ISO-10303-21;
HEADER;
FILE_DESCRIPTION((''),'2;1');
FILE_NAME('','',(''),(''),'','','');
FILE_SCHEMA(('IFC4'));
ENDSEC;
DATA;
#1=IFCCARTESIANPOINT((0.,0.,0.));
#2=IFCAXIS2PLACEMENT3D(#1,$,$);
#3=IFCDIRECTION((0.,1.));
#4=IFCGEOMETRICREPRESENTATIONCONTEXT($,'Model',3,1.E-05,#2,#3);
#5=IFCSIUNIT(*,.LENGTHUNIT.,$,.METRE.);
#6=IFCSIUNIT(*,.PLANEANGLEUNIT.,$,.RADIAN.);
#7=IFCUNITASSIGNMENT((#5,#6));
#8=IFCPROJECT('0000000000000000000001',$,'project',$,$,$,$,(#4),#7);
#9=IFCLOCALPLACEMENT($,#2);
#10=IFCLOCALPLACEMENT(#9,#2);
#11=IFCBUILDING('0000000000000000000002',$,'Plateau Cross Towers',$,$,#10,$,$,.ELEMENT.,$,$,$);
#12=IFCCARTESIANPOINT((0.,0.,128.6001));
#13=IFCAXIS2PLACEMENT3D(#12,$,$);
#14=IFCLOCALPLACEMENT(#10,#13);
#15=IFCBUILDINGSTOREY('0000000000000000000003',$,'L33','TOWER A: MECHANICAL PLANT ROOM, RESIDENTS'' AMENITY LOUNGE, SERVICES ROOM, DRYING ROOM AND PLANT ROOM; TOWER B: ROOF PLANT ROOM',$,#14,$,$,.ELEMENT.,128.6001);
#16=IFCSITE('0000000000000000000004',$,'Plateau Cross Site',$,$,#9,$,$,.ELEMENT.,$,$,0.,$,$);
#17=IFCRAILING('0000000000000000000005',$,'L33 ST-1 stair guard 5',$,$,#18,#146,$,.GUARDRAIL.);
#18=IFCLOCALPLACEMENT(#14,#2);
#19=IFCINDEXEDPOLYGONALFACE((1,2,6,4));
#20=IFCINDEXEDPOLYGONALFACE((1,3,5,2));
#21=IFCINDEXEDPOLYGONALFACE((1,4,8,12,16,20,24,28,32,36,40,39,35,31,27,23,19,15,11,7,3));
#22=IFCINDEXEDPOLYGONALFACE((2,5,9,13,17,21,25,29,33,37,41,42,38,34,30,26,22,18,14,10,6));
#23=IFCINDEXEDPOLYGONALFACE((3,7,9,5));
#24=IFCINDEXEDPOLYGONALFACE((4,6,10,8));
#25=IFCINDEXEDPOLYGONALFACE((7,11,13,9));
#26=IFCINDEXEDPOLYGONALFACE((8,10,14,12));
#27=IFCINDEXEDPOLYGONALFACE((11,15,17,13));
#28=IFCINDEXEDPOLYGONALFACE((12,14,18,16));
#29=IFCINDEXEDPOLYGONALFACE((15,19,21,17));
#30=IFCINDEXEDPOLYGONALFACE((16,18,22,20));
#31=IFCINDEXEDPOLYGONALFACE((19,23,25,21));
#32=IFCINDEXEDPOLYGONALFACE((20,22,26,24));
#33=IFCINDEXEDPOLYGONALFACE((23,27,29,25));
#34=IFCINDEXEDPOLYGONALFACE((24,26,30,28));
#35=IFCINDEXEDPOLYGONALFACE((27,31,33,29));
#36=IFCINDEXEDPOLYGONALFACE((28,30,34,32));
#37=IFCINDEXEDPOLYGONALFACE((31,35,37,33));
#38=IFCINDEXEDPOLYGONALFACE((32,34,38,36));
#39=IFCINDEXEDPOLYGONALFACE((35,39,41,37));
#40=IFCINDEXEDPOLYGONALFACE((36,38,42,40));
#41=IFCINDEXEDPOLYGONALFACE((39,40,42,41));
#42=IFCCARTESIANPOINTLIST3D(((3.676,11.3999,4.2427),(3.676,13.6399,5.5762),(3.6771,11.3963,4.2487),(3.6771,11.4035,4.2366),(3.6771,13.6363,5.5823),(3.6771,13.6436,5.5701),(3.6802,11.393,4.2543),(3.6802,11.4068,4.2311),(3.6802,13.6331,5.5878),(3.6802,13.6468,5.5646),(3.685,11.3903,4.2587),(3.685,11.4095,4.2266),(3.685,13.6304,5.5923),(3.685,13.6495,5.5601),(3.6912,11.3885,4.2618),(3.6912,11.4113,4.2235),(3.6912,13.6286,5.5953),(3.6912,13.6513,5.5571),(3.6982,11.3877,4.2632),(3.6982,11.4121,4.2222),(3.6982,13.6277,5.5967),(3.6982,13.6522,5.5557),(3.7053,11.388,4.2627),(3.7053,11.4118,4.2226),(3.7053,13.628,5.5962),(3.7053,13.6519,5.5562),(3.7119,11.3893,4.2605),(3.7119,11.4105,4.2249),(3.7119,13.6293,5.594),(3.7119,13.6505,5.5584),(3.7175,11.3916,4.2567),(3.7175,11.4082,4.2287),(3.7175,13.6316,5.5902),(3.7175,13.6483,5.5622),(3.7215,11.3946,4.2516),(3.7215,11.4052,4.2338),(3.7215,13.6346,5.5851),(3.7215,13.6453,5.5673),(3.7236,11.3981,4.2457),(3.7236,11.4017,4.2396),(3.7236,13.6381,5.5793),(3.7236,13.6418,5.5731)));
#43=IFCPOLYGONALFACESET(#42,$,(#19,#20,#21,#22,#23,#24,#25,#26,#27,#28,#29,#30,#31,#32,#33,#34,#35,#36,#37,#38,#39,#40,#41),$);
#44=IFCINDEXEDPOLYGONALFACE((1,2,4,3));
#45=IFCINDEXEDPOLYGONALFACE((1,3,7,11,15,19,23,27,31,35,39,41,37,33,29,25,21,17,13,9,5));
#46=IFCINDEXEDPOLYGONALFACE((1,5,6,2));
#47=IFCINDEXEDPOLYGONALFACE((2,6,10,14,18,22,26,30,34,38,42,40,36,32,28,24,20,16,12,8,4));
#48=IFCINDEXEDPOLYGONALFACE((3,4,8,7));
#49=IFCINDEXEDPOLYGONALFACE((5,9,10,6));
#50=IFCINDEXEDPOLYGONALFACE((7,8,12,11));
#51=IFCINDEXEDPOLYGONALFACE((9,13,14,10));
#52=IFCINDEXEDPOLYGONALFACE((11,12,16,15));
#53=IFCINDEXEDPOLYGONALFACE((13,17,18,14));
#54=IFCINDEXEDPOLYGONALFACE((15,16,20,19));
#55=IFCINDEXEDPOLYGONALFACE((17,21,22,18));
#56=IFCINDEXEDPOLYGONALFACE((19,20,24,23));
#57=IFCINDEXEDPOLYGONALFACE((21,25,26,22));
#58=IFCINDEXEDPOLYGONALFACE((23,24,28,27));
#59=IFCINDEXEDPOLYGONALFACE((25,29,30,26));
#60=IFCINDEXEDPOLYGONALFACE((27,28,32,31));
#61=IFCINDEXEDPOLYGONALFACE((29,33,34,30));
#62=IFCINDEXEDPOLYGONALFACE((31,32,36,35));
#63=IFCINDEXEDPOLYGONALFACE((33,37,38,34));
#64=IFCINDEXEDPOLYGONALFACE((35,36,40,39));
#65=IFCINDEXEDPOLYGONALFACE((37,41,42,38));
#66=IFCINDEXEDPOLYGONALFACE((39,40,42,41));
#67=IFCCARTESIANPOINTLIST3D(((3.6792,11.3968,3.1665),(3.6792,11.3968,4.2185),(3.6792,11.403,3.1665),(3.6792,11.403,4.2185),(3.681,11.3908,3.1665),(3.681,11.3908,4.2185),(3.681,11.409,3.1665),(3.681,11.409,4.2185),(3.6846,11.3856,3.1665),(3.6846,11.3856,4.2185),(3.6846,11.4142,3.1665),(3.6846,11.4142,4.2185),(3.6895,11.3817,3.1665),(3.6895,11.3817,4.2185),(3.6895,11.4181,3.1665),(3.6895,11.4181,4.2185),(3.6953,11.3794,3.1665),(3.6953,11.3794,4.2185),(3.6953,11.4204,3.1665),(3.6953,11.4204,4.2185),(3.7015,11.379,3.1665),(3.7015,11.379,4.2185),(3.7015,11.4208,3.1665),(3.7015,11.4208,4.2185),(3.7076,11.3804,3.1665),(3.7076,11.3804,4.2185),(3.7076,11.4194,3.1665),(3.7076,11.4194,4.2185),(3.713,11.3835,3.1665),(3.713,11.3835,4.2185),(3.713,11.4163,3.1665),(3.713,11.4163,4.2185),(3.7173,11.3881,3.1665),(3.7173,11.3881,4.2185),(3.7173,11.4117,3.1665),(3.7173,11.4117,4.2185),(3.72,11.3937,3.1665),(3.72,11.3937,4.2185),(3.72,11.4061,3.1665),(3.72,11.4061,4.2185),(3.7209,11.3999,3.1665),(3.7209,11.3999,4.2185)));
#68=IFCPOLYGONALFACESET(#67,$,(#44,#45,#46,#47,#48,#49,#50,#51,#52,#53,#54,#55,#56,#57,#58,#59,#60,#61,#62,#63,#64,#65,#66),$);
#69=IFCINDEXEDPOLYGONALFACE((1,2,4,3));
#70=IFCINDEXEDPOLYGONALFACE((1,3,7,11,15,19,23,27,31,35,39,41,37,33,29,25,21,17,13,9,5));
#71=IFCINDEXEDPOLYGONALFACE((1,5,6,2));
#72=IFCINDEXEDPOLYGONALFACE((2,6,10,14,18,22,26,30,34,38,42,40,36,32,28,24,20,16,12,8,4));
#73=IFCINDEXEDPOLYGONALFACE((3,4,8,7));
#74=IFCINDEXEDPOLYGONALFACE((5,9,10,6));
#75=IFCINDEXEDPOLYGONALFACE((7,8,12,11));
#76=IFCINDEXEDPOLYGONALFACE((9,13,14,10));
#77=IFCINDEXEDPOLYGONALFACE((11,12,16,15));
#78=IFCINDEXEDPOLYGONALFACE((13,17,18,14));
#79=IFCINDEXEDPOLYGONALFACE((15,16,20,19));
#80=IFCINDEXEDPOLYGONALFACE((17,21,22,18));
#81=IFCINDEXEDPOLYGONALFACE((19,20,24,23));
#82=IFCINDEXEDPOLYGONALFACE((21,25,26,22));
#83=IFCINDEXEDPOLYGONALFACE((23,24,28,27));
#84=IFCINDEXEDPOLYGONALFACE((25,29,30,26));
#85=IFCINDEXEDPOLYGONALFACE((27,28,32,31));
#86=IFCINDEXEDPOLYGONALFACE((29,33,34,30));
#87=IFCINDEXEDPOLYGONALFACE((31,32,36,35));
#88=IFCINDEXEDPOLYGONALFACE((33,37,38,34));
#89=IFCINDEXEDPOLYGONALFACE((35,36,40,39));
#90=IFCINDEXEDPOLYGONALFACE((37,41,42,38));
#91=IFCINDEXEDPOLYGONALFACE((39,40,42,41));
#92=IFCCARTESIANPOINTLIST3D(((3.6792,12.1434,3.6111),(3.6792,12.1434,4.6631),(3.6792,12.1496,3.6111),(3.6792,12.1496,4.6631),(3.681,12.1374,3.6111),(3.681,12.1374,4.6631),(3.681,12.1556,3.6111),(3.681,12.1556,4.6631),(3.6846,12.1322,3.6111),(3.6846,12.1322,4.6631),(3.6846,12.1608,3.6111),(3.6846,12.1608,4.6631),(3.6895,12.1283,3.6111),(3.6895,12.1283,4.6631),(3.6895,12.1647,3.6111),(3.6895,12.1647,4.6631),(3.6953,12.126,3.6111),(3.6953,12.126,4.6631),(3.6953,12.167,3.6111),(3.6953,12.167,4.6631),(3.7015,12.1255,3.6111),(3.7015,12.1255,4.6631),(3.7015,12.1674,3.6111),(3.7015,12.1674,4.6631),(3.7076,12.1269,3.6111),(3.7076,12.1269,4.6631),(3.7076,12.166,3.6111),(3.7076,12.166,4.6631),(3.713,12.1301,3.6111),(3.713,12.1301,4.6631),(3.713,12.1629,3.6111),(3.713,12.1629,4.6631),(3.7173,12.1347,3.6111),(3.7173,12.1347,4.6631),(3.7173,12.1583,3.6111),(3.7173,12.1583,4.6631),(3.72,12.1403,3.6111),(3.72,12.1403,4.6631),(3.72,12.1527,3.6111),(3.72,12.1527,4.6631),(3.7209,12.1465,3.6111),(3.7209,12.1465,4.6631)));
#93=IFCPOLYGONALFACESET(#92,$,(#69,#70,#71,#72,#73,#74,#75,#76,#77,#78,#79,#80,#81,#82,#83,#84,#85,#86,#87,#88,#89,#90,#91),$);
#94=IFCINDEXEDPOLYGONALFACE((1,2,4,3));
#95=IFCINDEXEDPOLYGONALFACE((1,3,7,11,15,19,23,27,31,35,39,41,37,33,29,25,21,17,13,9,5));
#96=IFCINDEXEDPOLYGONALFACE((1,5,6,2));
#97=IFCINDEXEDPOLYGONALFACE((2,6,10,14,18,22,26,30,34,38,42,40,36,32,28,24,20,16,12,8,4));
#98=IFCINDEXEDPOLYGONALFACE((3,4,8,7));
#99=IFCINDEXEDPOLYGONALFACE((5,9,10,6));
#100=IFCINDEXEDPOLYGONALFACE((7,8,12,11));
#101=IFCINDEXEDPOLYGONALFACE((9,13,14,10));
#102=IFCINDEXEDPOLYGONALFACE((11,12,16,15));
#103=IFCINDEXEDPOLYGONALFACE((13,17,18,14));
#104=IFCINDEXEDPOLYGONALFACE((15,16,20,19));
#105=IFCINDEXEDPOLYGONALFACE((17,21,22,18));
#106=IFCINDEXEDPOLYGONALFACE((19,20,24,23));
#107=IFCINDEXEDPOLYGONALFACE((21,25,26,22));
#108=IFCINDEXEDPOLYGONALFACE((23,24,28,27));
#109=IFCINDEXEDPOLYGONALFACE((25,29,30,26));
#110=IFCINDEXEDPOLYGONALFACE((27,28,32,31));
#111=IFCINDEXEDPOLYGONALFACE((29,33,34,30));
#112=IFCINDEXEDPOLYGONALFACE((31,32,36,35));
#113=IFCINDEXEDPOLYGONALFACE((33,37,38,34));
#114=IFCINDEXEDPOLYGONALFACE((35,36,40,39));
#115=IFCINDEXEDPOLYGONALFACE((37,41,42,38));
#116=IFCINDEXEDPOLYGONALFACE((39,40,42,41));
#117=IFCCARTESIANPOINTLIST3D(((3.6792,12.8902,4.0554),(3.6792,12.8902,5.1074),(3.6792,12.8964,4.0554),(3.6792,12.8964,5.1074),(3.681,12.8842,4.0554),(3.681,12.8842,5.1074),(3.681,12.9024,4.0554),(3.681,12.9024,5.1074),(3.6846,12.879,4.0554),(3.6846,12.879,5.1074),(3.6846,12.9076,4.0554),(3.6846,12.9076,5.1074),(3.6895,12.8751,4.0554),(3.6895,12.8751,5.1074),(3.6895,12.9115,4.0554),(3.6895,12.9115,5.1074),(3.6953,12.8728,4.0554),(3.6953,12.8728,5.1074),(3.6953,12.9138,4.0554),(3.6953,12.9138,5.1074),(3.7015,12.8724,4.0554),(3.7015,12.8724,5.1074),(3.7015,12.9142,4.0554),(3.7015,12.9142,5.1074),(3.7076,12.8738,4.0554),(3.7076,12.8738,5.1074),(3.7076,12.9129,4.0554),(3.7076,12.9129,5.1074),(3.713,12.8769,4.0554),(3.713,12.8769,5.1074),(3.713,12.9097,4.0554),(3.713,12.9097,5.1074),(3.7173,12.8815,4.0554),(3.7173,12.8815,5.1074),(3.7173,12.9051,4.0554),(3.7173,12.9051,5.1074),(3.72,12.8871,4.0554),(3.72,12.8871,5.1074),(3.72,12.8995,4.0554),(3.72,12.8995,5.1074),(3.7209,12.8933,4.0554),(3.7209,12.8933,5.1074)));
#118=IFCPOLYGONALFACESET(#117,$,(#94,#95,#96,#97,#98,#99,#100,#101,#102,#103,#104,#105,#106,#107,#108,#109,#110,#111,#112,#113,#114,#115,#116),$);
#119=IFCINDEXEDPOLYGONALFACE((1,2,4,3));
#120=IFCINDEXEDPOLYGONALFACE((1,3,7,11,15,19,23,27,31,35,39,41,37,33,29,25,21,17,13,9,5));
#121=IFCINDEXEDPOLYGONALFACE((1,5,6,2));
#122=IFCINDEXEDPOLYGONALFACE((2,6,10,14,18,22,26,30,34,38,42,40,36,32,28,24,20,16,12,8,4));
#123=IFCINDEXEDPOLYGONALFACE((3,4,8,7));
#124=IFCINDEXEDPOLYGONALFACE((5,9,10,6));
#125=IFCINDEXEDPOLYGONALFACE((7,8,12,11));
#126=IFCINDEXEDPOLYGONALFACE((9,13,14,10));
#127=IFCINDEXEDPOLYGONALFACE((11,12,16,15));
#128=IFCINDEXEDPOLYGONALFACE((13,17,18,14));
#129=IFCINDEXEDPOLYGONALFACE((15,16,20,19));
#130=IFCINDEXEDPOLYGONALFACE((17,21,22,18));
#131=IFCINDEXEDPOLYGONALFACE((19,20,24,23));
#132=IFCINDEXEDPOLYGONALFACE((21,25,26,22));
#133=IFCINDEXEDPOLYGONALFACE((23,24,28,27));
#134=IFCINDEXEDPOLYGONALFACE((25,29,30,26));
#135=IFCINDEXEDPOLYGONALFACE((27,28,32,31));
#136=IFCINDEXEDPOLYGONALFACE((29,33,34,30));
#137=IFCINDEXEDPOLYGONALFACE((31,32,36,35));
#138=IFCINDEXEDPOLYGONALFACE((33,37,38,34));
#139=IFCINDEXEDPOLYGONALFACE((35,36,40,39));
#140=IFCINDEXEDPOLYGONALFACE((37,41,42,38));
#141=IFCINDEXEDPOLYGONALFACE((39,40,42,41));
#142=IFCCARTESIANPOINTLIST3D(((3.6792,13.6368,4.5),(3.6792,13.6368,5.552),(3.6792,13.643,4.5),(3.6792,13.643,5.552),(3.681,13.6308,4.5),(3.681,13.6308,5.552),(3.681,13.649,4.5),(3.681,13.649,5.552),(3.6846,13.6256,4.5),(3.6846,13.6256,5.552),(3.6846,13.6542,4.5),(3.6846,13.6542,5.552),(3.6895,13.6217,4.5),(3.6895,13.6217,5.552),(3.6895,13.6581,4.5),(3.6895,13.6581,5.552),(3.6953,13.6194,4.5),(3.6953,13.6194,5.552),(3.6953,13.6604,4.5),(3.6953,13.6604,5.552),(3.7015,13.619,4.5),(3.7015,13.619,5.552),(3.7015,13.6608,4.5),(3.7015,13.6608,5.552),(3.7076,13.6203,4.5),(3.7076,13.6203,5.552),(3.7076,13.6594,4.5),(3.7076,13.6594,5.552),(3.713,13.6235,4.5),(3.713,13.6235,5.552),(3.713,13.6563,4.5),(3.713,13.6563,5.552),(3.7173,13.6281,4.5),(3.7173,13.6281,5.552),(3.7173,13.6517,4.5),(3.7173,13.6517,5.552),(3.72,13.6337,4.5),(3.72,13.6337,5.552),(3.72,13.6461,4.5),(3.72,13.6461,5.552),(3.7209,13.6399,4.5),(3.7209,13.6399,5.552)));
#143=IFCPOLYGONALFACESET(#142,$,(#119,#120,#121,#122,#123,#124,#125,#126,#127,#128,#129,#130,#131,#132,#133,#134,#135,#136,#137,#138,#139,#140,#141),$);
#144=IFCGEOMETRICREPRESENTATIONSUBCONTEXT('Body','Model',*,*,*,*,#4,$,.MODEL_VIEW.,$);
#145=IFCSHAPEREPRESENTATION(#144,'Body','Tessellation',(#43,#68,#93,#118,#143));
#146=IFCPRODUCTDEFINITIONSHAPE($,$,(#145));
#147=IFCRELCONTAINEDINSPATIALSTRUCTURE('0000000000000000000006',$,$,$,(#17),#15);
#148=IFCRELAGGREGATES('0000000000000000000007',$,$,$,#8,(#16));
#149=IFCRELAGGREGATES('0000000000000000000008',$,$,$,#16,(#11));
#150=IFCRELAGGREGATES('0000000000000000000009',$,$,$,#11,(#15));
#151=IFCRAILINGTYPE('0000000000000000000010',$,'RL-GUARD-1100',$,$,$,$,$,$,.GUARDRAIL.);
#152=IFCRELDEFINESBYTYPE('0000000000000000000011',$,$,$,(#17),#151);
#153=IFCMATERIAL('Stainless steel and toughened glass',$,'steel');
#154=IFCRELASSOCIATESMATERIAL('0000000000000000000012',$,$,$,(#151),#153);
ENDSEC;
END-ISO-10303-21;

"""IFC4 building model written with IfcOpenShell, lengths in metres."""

from ifc_helpers import new_model, si_unit, direction, frame, origin, origin_2d, place, context, subcontext, project, spatial, circle, extrude, material, type_object, element, save


model = new_model("IFC4")

# Units and contexts
model_context = context("Model", 3, precision=1e-05, world=origin(), true_north=direction((0.0, 1.0)))
body_context = subcontext(model_context, "Body", "Model", "MODEL_VIEW")
ifc_project = project(units=[si_unit("LENGTHUNIT", "METRE"), si_unit("PLANEANGLEUNIT", "RADIAN")], contexts=[model_context])

# Site, building, storey
site_placement = place(None, origin())
site = spatial("IfcSite", under=ifc_project, at=site_placement, Name="Plateau Cross Site", CompositionType="ELEMENT", RefElevation=0.0)
building_placement = place(site_placement, origin())
building = spatial("IfcBuilding", under=site, at=building_placement, Name="Plateau Cross Towers", CompositionType="ELEMENT")
storey_placement = place(building_placement, frame((0.0, 0.0, 128.6001)))
storey = spatial("IfcBuildingStorey", under=building, at=storey_placement, Name="L33", Description="TOWER A: MECHANICAL PLANT ROOM, RESIDENTS' AMENITY LOUNGE, SERVICES ROOM, DRYING ROOM AND PLANT ROOM; TOWER B: ROOF PLANT ROOM", CompositionType="ELEMENT", Elevation=128.6001)

# Railing
ifc_material_1 = material(Name="Stainless steel and toughened glass", Category="steel")
railing_type_1 = type_object("IfcRailingType", Name="RL-GUARD-1100", PredefinedType="GUARDRAIL", material=ifc_material_1)
railing_1_placement = place(storey_placement, frame((3.7, 11.3999, 3.1665)))
element("IfcRailing", 1, at=railing_1_placement, inside=storey, type_object=railing_type_1, Name="L33 ST-1 stair guard 5", PredefinedType="GUARDRAIL", context=body_context, shape_type="SweptSolid", body=[
    extrude(circle(Radius=0.0239, at=origin_2d()), frame((0.0, 0.0, 1.0762), z_axis=(0.0, 0.859264, 0.511532), x_axis=(-1.0, 0.0, 0.0)), (0.0, 0.0, 1.0), 2.6069),
    extrude(circle(Radius=0.021, at=origin_2d()), origin(), (0.0, 0.0, 1.0), 1.052),
    extrude(circle(Radius=0.021, at=origin_2d()), frame((0.0, 0.7466, 0.4446)), (0.0, 0.0, 1.0), 1.052),
    extrude(circle(Radius=0.021, at=origin_2d()), frame((0.0, 1.4934, 0.8889)), (0.0, 0.0, 1.0), 1.052),
    extrude(circle(Radius=0.021, at=origin_2d()), frame((0.0, 2.24, 1.3335)), (0.0, 0.0, 1.0), 1.052),
])

save(model, "model.ifc")
